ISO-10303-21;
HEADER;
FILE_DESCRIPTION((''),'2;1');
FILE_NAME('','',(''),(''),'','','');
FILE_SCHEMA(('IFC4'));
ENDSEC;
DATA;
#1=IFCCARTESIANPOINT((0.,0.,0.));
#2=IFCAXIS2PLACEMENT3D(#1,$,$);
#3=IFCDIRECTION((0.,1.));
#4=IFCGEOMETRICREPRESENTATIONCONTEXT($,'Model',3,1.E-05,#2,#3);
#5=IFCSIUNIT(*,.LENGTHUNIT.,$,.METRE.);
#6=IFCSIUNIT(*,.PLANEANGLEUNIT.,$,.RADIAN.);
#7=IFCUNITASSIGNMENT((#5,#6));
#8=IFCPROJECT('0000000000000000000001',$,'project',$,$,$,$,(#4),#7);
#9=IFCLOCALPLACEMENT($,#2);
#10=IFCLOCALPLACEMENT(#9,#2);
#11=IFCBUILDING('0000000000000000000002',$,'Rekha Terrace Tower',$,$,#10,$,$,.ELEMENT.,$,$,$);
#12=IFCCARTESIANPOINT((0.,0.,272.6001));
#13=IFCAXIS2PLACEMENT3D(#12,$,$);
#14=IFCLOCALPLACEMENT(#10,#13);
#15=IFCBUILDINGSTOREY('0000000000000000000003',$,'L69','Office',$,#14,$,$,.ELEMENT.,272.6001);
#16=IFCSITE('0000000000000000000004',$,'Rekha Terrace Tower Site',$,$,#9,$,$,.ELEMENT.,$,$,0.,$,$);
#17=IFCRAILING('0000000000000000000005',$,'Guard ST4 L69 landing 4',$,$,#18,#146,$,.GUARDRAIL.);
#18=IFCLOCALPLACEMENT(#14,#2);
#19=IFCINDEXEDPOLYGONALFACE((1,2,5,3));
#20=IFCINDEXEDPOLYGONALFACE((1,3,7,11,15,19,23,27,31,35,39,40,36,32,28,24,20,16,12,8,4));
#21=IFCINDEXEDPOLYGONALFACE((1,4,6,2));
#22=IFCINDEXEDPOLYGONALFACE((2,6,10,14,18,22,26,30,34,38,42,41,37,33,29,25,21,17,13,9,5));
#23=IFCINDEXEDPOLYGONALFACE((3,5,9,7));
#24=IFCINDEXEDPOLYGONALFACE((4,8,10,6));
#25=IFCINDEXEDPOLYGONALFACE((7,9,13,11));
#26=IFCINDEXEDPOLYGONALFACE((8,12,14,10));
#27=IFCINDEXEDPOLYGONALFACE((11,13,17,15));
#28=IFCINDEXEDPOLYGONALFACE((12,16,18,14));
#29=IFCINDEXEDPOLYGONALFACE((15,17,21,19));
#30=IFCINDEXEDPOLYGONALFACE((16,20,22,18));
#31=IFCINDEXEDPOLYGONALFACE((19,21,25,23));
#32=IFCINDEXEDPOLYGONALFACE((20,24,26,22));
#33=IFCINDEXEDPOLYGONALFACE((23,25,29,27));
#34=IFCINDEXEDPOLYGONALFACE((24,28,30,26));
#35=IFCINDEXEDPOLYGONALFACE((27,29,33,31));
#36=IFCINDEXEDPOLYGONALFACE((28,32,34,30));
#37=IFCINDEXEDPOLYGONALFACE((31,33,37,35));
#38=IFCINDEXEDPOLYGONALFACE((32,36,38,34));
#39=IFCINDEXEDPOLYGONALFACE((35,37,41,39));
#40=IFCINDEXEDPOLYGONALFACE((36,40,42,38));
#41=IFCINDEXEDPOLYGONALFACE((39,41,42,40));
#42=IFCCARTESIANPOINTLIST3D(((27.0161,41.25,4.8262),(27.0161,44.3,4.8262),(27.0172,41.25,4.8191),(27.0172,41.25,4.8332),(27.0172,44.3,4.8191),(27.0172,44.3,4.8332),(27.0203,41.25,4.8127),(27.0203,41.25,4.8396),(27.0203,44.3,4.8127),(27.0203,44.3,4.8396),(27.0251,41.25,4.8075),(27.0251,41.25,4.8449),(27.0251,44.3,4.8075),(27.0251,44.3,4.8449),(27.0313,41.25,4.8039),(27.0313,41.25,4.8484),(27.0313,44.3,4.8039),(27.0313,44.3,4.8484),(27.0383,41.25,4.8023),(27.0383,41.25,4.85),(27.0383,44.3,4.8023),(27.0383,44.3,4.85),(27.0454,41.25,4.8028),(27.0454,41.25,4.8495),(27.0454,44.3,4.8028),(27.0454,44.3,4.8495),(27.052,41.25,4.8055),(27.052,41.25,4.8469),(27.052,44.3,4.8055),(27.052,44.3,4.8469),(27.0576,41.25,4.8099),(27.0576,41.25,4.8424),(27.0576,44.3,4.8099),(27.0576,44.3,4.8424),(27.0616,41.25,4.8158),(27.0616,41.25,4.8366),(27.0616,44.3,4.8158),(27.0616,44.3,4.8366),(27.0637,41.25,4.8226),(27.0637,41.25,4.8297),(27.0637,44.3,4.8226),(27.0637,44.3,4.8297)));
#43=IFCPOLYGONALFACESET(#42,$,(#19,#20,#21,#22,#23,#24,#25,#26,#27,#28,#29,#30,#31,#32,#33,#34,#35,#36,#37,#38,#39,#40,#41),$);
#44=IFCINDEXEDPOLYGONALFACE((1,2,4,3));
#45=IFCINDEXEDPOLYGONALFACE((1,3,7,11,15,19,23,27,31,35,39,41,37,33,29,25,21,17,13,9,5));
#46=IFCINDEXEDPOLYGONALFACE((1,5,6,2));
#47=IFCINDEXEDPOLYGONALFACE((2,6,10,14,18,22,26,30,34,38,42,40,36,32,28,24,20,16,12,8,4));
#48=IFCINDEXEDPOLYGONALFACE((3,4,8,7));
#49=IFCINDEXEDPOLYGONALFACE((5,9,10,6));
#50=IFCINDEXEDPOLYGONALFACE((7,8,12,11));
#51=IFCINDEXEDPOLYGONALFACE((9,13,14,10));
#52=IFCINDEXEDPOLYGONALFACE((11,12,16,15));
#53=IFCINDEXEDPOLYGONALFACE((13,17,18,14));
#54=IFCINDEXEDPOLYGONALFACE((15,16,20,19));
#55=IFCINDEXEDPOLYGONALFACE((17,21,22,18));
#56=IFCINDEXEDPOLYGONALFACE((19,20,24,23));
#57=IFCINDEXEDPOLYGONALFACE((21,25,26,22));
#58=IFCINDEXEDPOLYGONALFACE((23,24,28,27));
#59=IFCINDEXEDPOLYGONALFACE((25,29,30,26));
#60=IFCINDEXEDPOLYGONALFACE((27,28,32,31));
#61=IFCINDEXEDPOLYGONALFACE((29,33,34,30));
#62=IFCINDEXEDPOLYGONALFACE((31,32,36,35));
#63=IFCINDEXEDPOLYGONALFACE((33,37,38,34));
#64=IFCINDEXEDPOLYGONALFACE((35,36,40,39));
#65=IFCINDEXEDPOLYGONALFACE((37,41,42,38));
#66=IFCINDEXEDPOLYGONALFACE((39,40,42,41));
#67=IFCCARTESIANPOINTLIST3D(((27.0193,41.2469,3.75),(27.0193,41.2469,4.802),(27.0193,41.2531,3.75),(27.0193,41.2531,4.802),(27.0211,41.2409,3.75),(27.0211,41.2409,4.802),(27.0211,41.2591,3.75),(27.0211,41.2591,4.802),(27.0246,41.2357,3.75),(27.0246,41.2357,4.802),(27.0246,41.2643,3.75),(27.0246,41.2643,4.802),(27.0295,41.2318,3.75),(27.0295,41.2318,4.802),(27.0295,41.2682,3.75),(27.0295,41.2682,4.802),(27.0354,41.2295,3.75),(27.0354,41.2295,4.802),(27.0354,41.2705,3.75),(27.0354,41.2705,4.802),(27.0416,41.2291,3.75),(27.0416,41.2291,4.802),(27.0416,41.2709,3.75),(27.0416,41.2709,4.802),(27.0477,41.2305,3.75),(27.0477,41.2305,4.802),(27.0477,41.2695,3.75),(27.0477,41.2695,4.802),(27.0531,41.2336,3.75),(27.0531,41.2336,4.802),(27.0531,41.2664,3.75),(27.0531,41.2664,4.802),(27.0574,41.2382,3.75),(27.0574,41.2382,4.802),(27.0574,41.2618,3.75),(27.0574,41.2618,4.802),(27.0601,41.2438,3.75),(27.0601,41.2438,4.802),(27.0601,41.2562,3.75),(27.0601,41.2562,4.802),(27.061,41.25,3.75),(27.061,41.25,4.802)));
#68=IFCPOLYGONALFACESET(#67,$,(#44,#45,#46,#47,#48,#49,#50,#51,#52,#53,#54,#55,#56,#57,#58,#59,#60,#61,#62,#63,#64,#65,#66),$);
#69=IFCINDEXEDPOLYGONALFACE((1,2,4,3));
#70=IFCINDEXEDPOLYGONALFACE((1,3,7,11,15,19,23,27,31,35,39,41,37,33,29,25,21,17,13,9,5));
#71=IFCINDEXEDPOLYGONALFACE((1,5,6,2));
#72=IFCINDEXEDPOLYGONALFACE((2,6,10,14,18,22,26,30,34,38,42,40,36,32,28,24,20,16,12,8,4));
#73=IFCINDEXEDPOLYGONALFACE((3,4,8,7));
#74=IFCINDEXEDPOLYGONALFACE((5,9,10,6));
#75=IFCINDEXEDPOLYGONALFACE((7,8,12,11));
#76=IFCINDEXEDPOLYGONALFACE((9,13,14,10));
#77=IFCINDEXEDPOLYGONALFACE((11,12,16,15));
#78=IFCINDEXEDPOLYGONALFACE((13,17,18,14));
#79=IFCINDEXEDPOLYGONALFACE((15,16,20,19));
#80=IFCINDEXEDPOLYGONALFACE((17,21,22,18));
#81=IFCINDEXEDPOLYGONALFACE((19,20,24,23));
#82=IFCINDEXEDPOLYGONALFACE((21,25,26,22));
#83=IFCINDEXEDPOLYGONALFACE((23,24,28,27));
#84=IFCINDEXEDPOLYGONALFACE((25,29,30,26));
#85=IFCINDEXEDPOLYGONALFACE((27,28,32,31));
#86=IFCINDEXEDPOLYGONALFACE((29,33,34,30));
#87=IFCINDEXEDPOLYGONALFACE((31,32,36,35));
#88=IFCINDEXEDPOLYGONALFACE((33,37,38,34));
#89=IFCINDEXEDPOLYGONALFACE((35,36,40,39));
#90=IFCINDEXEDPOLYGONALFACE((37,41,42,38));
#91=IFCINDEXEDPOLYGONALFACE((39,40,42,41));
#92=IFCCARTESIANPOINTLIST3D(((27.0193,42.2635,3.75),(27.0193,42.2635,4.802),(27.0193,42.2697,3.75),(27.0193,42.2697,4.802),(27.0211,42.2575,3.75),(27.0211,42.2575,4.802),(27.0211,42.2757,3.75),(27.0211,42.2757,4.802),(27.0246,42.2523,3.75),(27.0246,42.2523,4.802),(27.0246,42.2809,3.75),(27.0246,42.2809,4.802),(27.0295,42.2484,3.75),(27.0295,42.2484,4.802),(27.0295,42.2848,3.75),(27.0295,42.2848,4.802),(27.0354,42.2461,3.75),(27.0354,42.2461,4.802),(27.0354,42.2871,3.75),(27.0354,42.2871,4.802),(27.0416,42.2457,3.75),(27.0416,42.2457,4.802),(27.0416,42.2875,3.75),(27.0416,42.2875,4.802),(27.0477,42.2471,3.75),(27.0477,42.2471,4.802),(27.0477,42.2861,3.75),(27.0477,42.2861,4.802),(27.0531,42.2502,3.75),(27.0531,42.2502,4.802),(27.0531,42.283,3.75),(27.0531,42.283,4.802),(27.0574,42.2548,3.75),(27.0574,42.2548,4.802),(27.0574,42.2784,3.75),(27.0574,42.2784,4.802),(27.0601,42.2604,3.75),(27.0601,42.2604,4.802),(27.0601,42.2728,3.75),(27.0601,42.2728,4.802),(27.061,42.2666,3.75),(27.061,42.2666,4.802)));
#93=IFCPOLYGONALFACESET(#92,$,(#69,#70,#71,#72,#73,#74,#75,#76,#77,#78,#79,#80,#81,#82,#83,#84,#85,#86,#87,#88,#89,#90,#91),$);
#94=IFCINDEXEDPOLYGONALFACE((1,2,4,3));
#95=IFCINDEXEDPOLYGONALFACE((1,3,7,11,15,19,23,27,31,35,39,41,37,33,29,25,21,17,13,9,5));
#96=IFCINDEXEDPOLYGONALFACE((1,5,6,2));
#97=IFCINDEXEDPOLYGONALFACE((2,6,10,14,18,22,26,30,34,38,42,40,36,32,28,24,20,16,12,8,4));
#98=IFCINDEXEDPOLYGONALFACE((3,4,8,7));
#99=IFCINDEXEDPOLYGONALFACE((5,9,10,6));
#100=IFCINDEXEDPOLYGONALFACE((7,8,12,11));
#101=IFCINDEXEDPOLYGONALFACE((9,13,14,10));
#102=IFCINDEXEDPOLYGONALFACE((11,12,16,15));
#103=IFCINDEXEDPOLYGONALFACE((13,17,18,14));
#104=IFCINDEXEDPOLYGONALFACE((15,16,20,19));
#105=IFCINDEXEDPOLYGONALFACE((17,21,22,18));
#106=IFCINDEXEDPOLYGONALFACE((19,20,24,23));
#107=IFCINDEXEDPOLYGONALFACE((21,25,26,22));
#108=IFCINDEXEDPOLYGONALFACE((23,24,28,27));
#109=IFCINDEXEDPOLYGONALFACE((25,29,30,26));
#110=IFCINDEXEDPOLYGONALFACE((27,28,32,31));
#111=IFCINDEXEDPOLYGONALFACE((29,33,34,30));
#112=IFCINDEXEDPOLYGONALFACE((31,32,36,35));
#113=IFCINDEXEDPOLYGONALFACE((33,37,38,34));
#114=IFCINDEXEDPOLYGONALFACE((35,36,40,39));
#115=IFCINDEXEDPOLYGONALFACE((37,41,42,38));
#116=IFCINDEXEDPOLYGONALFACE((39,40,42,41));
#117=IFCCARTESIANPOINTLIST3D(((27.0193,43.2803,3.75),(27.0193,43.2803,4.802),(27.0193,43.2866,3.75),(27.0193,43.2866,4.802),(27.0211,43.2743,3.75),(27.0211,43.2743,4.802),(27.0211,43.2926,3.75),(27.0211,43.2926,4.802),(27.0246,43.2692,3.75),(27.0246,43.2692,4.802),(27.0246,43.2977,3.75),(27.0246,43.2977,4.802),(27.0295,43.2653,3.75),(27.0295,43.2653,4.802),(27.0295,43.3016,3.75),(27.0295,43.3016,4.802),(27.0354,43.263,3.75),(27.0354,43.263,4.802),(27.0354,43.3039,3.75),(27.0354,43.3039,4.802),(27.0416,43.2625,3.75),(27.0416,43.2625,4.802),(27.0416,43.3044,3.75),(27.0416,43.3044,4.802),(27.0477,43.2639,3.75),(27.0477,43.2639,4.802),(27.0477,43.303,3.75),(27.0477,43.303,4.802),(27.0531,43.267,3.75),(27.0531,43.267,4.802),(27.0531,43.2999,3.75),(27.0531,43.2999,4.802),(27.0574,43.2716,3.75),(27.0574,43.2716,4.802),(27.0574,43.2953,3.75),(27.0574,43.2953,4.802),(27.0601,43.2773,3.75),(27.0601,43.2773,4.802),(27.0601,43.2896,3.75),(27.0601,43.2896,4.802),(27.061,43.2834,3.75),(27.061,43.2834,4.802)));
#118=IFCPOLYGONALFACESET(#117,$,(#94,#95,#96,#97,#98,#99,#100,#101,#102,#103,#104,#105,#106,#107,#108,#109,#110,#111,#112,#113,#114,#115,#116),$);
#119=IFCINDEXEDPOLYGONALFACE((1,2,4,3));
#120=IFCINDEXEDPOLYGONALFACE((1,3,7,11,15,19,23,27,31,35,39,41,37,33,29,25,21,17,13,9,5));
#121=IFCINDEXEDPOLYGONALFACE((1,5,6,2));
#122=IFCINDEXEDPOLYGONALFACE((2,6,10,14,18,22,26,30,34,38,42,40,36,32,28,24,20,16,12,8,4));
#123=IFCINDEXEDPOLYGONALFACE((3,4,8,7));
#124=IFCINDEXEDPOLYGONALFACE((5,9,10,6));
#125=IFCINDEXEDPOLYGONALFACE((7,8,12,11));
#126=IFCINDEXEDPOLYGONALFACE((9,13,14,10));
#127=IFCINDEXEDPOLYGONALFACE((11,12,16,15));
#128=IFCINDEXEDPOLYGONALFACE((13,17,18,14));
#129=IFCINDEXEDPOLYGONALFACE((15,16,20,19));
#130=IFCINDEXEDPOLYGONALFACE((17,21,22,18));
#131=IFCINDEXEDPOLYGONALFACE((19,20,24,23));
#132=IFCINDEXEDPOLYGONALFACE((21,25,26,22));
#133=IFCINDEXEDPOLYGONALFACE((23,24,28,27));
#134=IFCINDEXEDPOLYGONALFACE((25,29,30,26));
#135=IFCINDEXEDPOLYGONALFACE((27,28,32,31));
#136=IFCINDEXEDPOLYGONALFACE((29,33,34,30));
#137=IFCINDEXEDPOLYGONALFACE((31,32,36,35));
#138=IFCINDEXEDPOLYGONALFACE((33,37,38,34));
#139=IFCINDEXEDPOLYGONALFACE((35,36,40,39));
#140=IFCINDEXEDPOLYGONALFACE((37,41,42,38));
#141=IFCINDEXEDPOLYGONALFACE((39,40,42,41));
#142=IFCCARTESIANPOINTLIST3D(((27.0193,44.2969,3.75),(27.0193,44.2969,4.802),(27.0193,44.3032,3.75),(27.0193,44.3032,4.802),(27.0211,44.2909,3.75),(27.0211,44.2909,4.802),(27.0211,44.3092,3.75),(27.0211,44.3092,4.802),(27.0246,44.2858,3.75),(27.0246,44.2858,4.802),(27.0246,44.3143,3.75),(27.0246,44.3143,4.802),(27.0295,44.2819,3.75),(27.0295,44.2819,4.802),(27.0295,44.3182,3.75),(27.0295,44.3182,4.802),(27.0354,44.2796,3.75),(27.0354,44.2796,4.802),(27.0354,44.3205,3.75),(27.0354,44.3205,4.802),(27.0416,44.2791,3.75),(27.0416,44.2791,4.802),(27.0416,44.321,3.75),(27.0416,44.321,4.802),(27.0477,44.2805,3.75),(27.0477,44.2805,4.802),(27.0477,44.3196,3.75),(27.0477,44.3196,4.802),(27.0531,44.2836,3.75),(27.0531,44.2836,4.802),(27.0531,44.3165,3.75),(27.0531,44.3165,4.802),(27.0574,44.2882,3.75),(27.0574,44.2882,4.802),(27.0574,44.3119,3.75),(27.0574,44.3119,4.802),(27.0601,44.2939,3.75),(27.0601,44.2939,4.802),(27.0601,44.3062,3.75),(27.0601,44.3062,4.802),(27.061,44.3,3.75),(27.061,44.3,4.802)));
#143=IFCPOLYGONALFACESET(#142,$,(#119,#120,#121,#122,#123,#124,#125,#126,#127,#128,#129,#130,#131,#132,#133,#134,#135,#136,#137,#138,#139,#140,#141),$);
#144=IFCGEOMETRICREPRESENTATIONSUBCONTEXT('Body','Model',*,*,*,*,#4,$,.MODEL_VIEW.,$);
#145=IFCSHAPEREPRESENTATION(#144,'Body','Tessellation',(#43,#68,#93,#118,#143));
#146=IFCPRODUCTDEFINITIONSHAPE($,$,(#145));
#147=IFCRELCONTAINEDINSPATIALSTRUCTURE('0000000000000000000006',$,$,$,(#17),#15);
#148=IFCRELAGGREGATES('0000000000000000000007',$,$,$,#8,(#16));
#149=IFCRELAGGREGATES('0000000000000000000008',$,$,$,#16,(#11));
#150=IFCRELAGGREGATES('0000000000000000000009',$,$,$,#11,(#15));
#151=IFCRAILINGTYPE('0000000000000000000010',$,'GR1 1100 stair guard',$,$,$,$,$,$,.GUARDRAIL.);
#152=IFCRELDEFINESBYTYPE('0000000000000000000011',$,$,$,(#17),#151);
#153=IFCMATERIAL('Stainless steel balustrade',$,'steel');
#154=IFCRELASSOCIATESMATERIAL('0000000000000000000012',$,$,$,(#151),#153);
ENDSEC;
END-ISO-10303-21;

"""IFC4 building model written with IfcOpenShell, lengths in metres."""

from ifc_helpers import new_model, si_unit, direction, frame, origin, origin_2d, place, context, subcontext, project, spatial, circle, extrude, material, type_object, element, save


model = new_model("IFC4")

# Units and contexts
model_context = context("Model", 3, precision=1e-05, world=origin(), true_north=direction((0.0, 1.0)))
body_context = subcontext(model_context, "Body", "Model", "MODEL_VIEW")
ifc_project = project(units=[si_unit("LENGTHUNIT", "METRE"), si_unit("PLANEANGLEUNIT", "RADIAN")], contexts=[model_context])

# Site, building, storey
site_placement = place(None, origin())
site = spatial("IfcSite", under=ifc_project, at=site_placement, Name="Rekha Terrace Tower Site", CompositionType="ELEMENT", RefElevation=0.0)
building_placement = place(site_placement, origin())
building = spatial("IfcBuilding", under=site, at=building_placement, Name="Rekha Terrace Tower", CompositionType="ELEMENT")
storey_placement = place(building_placement, frame((0.0, 0.0, 272.6001)))
storey = spatial("IfcBuildingStorey", under=building, at=storey_placement, Name="L69", Description="Office", CompositionType="ELEMENT", Elevation=272.6001)

# Railing
ifc_material_1 = material(Name="Stainless steel balustrade", Category="steel")
railing_type_1 = type_object("IfcRailingType", Name="GR1 1100 stair guard", PredefinedType="GUARDRAIL", material=ifc_material_1)
railing_1_placement = place(storey_placement, frame((27.04, 41.25, 3.75)))
element("IfcRailing", 1, at=railing_1_placement, inside=storey, type_object=railing_type_1, Name="Guard ST4 L69 landing 4", PredefinedType="GUARDRAIL", context=body_context, shape_type="SweptSolid", body=[
    extrude(circle(Radius=0.0239, at=origin_2d()), frame((0.0, 0.0, 1.0762), z_axis=(0.0, 1.0, 0.0), x_axis=(-1.0, 0.0, 0.0)), (0.0, 0.0, 1.0), 3.05),
    extrude(circle(Radius=0.021, at=origin_2d()), origin(), (0.0, 0.0, 1.0), 1.052),
    extrude(circle(Radius=0.021, at=origin_2d()), frame((0.0, 1.0166, 0.0)), (0.0, 0.0, 1.0), 1.052),
    extrude(circle(Radius=0.021, at=origin_2d()), frame((0.0, 2.0334, 0.0)), (0.0, 0.0, 1.0), 1.052),
    extrude(circle(Radius=0.021, at=origin_2d()), frame((0.0, 3.05, 0.0)), (0.0, 0.0, 1.0), 1.052),
])

save(model, "model.ifc")
